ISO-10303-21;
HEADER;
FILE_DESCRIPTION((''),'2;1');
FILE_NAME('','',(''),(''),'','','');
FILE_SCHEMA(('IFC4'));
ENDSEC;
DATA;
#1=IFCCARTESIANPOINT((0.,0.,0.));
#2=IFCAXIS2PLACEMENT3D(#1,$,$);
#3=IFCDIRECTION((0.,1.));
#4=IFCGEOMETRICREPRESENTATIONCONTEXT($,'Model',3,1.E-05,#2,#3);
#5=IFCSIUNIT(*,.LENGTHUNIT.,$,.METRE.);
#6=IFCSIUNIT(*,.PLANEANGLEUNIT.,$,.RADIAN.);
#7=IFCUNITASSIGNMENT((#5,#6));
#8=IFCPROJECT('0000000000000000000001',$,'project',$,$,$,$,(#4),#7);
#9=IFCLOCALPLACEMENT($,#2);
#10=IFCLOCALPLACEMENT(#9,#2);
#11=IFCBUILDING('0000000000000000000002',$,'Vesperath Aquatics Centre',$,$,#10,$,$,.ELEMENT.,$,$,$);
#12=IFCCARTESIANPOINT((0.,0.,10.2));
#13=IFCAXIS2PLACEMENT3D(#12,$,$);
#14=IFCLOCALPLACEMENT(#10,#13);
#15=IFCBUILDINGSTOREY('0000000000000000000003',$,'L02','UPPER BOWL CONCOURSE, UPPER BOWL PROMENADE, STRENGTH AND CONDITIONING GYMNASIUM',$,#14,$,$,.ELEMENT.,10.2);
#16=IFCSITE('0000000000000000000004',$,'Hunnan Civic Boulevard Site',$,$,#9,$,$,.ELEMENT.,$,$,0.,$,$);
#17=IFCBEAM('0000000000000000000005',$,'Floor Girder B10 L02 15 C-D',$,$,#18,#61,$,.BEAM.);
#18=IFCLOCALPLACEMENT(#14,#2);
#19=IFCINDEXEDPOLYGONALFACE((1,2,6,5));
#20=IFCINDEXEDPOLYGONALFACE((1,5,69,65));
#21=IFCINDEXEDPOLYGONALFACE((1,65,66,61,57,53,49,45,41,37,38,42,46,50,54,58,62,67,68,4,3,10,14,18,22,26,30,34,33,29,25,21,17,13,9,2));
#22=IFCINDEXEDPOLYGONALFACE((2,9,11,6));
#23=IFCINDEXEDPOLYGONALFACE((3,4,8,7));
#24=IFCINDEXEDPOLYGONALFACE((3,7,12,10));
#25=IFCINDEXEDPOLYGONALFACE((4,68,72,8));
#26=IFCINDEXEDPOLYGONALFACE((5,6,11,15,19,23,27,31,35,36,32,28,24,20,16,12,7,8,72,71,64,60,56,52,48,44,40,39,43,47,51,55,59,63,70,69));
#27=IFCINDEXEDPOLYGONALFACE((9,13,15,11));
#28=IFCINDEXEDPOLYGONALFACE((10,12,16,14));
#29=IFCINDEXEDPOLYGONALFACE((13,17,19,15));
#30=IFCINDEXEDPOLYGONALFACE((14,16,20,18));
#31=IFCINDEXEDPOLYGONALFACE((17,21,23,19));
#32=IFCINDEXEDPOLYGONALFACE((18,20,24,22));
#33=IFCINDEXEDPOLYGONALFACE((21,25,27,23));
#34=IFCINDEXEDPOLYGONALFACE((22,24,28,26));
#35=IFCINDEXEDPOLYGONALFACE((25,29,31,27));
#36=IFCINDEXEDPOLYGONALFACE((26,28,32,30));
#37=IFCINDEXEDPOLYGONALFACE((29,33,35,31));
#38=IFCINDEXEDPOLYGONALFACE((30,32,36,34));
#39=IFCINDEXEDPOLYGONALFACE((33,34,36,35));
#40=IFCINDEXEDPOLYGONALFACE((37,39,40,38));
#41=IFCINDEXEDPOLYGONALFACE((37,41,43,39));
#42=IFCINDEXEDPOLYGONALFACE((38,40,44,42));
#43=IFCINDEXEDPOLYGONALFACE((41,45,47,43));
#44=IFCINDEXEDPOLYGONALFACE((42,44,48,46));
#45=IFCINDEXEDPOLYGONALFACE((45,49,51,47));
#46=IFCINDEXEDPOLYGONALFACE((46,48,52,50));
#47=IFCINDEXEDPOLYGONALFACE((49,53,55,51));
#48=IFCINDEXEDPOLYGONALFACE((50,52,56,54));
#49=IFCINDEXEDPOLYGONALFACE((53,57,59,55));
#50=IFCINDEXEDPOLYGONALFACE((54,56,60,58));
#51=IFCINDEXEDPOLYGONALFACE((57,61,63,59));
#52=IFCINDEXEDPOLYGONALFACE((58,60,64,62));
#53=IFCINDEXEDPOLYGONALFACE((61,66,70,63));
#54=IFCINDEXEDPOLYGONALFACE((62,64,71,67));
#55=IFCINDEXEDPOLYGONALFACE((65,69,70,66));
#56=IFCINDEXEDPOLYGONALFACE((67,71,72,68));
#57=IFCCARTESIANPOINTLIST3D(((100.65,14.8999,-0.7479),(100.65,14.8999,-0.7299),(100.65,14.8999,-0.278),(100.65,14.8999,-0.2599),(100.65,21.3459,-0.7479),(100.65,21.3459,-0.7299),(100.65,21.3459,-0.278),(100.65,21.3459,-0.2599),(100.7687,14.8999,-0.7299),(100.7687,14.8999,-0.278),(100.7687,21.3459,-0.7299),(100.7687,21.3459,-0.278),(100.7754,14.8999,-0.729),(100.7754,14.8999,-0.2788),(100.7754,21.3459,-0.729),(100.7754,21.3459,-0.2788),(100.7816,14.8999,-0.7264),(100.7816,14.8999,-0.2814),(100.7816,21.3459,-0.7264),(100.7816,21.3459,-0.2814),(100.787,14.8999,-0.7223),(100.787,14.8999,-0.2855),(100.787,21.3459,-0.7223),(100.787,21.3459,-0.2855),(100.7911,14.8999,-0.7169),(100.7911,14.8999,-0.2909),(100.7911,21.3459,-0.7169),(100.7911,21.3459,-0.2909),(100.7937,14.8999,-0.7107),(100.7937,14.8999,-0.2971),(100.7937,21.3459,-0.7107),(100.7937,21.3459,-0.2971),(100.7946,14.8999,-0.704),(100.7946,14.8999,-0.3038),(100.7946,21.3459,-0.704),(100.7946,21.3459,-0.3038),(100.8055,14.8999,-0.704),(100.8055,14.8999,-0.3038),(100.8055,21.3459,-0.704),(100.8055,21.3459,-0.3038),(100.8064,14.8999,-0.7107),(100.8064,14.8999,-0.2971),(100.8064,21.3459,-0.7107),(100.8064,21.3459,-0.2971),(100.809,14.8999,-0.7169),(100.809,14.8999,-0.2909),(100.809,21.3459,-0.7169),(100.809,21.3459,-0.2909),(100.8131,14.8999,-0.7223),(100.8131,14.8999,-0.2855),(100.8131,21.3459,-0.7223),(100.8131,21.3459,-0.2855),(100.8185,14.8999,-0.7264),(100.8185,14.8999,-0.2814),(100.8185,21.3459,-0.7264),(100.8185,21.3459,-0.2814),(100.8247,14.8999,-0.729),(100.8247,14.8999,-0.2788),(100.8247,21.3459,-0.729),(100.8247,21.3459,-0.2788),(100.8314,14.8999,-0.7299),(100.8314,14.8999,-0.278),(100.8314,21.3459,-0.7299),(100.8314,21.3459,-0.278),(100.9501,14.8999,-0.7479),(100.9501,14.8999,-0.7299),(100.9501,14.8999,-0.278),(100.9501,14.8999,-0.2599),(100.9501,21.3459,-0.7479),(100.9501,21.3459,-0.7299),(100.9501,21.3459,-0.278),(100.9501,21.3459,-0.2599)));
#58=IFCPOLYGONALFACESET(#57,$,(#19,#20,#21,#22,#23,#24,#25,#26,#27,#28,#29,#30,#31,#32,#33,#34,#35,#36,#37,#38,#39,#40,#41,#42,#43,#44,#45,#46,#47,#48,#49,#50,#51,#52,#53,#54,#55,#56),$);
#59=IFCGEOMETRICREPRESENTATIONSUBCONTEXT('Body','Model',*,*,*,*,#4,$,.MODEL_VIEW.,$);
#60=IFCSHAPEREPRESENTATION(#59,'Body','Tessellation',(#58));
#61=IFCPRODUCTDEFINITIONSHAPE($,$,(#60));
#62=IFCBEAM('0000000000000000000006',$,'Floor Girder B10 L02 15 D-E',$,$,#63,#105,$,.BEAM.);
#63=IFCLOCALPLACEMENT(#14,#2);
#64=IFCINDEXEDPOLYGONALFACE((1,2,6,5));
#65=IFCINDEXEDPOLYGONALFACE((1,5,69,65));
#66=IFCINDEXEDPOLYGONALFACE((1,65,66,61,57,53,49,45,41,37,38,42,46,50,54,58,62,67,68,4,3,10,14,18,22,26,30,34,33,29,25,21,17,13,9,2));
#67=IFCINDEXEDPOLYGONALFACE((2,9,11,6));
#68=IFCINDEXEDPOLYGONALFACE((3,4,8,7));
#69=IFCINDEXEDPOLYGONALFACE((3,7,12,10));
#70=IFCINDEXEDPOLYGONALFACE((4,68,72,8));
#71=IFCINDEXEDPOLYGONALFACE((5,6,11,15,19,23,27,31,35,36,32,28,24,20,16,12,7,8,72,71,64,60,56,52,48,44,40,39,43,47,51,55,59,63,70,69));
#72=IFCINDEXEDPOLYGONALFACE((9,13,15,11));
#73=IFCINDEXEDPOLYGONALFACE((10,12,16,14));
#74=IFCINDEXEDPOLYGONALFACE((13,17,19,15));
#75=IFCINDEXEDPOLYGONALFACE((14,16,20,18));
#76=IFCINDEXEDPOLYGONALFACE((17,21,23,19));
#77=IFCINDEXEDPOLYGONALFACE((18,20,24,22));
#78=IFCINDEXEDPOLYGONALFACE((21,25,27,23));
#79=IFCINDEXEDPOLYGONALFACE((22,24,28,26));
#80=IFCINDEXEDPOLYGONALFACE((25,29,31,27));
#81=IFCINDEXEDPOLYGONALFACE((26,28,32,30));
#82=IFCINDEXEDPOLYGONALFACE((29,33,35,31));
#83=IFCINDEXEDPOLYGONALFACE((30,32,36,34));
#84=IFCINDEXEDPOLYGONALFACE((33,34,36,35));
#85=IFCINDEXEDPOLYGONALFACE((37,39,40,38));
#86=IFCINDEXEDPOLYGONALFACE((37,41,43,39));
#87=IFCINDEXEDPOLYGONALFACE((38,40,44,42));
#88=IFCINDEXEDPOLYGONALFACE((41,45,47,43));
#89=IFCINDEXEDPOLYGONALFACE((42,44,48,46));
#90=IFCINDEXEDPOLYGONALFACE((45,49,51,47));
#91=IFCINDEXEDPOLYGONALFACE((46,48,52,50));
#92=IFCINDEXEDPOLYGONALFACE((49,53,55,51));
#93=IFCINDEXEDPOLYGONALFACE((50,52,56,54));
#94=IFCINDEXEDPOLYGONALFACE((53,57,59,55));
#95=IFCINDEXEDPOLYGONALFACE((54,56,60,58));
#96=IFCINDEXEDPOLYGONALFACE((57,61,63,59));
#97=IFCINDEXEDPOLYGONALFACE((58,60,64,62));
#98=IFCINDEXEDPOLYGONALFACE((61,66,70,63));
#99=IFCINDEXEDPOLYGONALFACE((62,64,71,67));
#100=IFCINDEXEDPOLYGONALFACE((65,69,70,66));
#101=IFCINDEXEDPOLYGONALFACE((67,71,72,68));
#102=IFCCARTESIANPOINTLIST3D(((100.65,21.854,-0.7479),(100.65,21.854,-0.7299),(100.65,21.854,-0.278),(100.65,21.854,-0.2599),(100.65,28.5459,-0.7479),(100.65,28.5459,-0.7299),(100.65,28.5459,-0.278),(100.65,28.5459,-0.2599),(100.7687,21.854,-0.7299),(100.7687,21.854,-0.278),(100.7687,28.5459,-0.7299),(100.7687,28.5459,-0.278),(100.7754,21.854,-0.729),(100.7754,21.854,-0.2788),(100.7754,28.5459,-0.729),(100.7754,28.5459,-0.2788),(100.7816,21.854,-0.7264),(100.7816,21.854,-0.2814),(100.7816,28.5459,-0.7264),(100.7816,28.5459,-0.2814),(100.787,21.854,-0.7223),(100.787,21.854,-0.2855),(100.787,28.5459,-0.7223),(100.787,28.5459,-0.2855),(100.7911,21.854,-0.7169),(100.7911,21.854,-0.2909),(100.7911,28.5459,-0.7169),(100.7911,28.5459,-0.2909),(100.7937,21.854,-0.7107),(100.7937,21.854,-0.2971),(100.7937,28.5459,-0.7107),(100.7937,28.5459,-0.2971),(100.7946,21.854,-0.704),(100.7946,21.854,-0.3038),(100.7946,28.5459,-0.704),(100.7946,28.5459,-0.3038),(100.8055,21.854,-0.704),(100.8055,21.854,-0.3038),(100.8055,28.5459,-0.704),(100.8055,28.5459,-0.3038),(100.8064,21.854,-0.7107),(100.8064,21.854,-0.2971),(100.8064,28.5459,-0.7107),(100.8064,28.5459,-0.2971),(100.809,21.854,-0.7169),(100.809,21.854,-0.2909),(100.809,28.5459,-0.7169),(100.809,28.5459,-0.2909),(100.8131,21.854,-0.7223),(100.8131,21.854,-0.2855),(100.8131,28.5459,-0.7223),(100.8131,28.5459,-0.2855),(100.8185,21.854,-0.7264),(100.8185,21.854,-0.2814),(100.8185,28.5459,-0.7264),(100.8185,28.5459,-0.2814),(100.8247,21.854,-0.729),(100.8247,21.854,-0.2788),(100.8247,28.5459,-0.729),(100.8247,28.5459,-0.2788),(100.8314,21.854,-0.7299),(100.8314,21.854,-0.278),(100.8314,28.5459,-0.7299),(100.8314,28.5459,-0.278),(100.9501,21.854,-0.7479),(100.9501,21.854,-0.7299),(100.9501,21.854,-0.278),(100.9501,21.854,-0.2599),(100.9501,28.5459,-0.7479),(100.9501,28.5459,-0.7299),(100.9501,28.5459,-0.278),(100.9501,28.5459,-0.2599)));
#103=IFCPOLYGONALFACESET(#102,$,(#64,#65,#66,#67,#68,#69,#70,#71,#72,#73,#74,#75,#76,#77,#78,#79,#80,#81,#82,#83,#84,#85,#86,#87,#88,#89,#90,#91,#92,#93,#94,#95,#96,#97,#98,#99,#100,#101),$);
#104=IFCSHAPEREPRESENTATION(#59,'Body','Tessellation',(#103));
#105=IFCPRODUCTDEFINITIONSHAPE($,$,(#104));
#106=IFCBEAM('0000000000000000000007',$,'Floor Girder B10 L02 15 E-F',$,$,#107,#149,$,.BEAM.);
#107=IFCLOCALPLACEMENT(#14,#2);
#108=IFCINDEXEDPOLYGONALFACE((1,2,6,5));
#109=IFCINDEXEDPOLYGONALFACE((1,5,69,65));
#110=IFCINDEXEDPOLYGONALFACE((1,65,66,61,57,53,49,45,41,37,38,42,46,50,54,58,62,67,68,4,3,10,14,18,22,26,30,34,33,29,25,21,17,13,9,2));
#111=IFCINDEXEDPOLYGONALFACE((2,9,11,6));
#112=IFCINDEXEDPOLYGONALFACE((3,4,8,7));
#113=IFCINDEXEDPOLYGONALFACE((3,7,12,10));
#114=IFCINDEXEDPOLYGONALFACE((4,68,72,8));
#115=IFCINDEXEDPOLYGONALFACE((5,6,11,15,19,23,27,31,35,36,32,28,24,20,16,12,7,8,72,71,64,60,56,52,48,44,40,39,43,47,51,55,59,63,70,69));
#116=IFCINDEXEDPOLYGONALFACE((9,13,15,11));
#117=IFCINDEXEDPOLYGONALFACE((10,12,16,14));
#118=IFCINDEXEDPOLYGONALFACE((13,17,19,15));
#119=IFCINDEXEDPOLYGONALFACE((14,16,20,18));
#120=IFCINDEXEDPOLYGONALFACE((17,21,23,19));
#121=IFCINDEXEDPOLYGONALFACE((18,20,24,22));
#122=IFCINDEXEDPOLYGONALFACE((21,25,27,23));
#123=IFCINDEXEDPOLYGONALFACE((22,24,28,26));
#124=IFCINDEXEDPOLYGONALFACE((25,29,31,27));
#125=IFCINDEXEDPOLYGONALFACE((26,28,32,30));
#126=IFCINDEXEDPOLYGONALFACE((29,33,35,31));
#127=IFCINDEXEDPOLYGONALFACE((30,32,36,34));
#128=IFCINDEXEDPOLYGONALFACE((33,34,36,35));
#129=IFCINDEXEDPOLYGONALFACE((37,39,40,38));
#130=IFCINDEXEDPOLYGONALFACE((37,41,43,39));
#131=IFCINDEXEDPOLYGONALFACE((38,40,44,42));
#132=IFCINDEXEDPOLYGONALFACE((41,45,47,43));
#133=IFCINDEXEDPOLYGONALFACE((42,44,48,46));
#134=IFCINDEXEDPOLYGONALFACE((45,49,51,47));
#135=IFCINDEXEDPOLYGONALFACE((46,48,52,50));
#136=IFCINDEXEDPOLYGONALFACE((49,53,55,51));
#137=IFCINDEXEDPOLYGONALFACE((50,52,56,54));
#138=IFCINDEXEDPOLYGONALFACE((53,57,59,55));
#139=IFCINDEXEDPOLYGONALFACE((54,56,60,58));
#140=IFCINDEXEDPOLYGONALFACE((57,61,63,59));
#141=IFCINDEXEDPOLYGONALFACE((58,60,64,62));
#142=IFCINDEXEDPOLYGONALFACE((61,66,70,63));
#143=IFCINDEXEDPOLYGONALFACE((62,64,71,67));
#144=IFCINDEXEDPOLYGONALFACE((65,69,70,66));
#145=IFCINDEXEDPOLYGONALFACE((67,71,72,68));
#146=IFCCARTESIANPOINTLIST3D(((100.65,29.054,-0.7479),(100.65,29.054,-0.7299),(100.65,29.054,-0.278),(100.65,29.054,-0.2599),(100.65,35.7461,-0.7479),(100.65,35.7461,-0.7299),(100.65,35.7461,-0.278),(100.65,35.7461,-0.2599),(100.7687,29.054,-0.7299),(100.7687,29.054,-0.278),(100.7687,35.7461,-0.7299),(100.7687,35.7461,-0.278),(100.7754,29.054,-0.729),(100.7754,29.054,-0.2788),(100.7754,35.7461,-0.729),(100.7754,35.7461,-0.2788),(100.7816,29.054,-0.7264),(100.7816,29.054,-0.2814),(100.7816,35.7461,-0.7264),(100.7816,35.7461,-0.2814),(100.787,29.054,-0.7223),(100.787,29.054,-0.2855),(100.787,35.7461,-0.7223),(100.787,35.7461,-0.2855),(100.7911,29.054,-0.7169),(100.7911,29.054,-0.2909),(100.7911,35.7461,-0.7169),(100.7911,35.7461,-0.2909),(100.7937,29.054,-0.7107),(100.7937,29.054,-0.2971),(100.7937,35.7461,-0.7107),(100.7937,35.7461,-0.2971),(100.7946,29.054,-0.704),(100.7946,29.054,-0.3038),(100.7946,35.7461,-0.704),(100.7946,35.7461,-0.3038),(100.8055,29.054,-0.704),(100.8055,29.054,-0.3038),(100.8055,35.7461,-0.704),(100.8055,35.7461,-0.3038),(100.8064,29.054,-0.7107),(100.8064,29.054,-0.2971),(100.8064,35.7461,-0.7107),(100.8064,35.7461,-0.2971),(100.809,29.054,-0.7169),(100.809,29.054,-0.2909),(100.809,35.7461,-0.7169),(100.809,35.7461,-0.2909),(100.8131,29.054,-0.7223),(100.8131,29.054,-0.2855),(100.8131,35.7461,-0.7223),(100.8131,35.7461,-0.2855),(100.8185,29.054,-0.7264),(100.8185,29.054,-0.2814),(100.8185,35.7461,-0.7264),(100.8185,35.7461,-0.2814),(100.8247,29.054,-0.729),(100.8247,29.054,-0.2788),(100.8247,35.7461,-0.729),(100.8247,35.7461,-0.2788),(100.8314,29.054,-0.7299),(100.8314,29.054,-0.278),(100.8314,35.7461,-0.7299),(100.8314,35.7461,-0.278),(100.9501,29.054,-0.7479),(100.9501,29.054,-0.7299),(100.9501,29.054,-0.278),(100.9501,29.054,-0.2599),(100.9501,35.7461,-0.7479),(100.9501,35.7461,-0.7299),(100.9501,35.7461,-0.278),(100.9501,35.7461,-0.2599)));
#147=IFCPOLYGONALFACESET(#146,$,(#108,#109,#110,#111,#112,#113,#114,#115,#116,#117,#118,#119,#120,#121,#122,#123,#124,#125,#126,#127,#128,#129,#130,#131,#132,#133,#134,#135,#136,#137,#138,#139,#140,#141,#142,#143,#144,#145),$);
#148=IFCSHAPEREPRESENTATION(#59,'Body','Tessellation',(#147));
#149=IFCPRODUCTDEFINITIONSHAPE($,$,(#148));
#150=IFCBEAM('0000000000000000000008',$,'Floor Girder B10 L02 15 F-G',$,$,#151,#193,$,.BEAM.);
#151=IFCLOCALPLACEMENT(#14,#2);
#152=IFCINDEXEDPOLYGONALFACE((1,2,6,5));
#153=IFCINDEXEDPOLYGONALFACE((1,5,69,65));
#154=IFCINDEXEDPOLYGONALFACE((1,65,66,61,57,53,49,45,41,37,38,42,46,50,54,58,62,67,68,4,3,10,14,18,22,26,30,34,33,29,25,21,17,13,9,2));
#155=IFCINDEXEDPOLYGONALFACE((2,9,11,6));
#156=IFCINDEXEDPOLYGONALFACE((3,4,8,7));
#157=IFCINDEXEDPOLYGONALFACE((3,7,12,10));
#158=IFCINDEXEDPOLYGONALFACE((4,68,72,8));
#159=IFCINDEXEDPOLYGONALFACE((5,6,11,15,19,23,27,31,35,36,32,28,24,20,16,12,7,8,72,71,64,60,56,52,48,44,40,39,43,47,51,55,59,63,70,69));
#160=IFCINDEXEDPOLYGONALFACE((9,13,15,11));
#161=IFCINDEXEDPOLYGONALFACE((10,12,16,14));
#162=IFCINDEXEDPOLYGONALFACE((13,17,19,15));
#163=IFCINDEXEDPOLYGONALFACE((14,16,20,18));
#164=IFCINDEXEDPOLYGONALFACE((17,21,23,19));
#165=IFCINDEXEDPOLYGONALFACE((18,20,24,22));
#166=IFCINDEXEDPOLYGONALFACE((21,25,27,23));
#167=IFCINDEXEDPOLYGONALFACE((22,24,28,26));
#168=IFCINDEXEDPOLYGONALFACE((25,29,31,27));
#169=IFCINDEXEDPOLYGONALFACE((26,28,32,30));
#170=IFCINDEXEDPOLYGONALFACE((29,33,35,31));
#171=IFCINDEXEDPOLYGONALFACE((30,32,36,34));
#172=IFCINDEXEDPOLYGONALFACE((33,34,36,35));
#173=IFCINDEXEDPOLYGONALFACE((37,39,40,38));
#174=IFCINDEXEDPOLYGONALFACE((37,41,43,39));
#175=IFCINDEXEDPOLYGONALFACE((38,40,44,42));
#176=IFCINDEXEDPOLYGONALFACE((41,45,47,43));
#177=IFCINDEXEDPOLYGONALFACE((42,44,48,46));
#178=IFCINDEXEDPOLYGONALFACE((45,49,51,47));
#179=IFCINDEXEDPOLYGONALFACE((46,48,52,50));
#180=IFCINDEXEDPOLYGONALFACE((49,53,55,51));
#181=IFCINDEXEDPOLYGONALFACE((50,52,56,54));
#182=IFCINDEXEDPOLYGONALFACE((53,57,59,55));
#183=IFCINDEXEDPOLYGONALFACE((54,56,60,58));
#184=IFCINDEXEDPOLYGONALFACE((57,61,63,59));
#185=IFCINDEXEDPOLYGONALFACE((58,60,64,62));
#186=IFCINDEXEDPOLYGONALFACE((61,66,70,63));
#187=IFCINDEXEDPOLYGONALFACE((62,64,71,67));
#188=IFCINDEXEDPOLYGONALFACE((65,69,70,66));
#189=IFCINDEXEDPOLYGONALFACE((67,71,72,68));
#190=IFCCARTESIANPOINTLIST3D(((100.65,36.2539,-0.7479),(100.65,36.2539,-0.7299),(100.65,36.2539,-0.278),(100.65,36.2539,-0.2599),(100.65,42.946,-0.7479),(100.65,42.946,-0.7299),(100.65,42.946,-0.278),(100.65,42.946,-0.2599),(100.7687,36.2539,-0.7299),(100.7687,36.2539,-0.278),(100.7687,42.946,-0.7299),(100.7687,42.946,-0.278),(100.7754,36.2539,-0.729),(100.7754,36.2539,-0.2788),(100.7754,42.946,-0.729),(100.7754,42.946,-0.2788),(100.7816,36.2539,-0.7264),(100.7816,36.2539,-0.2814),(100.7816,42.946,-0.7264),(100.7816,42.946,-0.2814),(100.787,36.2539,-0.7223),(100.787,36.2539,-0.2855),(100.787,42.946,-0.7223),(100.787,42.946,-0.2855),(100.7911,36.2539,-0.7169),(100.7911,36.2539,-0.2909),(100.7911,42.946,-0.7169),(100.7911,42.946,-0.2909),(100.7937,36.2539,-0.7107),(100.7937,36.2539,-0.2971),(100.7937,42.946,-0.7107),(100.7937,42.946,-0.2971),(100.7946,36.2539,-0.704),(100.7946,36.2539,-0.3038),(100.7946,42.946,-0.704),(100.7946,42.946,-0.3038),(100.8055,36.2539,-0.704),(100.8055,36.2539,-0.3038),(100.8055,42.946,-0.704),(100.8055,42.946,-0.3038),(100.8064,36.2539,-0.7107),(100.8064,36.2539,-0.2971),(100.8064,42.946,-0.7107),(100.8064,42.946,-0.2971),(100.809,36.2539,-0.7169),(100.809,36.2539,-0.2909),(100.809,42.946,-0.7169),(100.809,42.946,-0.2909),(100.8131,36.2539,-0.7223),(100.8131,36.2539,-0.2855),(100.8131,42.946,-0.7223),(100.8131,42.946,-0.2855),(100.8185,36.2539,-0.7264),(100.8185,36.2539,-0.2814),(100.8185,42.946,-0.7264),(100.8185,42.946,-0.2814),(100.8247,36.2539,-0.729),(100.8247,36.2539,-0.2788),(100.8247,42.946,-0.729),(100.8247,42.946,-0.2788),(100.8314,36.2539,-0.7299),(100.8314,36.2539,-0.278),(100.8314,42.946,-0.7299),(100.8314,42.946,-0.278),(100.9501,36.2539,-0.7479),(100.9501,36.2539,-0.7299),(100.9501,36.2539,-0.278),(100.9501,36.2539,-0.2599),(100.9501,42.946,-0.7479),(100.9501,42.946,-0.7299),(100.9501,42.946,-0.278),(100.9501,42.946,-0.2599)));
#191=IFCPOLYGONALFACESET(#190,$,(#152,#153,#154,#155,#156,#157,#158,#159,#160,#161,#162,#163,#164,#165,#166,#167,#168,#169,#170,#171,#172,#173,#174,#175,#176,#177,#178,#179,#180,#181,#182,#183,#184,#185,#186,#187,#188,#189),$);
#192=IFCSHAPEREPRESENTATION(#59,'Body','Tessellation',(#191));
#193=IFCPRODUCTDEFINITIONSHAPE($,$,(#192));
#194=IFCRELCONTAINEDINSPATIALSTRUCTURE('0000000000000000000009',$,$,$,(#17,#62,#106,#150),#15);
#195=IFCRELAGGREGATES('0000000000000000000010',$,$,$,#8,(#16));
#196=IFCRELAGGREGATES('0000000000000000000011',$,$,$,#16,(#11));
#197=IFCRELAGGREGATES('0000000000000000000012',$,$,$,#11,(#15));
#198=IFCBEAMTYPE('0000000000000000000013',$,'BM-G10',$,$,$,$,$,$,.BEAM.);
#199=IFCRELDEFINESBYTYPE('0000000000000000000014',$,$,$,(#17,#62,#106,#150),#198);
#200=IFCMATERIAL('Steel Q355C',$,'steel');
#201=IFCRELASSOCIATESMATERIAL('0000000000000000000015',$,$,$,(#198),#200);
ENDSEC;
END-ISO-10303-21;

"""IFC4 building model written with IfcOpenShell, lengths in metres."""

from ifc_helpers import new_model, si_unit, direction, frame, origin, origin_2d, place, context, subcontext, project, spatial, i_section, extrude, material, material_profile, profile_set, type_object, element, save


model = new_model("IFC4")

# Units and contexts
model_context = context("Model", 3, precision=1e-05, world=origin(), true_north=direction((0.0, 1.0)))
body_context = subcontext(model_context, "Body", "Model", "MODEL_VIEW")
ifc_project = project(units=[si_unit("LENGTHUNIT", "METRE"), si_unit("PLANEANGLEUNIT", "RADIAN")], contexts=[model_context])

# Site, building, storey
site_placement = place(None, origin())
site = spatial("IfcSite", under=ifc_project, at=site_placement, Name="Hunnan Civic Boulevard Site", CompositionType="ELEMENT", RefElevation=0.0)
building_placement = place(site_placement, origin())
building = spatial("IfcBuilding", under=site, at=building_placement, Name="Vesperath Aquatics Centre", CompositionType="ELEMENT")
storey_placement = place(building_placement, frame((0.0, 0.0, 10.2)))
storey = spatial("IfcBuildingStorey", under=building, at=storey_placement, Name="L02", Description="UPPER BOWL CONCOURSE, UPPER BOWL PROMENADE, STRENGTH AND CONDITIONING GYMNASIUM", CompositionType="ELEMENT", Elevation=10.2)

# Beams
ifc_material_1 = material(Name="Steel Q355C", Category="steel")
ifc_material_profile_1 = material_profile(ifc_material_1, i_section(OverallWidth=0.3, OverallDepth=0.488, WebThickness=0.011, FlangeThickness=0.0181, FilletRadius=0.0259, at=origin_2d()), Name="HM 488x300x11x18")
ifc_profile_set_1 = profile_set([ifc_material_profile_1], Name="Steel Q355C")
beam_type_1 = type_object("IfcBeamType", Name="BM-G10", PredefinedType="BEAM", material=ifc_profile_set_1)
beam_1_placement = place(storey_placement, frame((100.8, 14.8999, -0.5039), z_axis=(0.0, 1.0, 0.0), x_axis=(-1.0, 0.0, 0.0)))
element("IfcBeam", 1, at=beam_1_placement, inside=storey, type_object=beam_type_1, Name="Floor Girder B10 L02 15 C-D", PredefinedType="BEAM", context=body_context, shape_type="SweptSolid", body=[
    extrude(i_section(OverallWidth=0.3, OverallDepth=0.488, WebThickness=0.011, FlangeThickness=0.0181, FilletRadius=0.0259, at=origin_2d()), origin(), (0.0, 0.0, 1.0), 6.446),
])
beam_2_placement = place(storey_placement, frame((100.8, 21.854, -0.5039), z_axis=(0.0, 1.0, 0.0), x_axis=(-1.0, 0.0, 0.0)))
element("IfcBeam", 2, at=beam_2_placement, inside=storey, type_object=beam_type_1, Name="Floor Girder B10 L02 15 D-E", PredefinedType="BEAM", context=body_context, shape_type="SweptSolid", body=[
    extrude(i_section(OverallWidth=0.3, OverallDepth=0.488, WebThickness=0.011, FlangeThickness=0.0181, FilletRadius=0.0259, at=origin_2d()), origin(), (0.0, 0.0, 1.0), 6.6919),
])
for number, where, z_axis, x_axis, name in (
    (3, (100.8, 29.054, -0.5039), (0.0, 1.0, 0.0), (-1.0, 0.0, 0.0), "Floor Girder B10 L02 15 E-F"),
    (4, (100.8, 36.2539, -0.5039), (0.0, 1.0, 0.0), (-1.0, 0.0, 0.0), "Floor Girder B10 L02 15 F-G"),
):
    element("IfcBeam", number, at=place(storey_placement, frame(where, z_axis=z_axis, x_axis=x_axis)), inside=storey, type_object=beam_type_1, Name=name, PredefinedType="BEAM", context=body_context, shape_type="SweptSolid", body=[
        extrude(i_section(OverallWidth=0.3, OverallDepth=0.488, WebThickness=0.011, FlangeThickness=0.0181, FilletRadius=0.0259, at=origin_2d()), origin(), (0.0, 0.0, 1.0), 6.6921),
    ])

save(model, "model.ifc")
